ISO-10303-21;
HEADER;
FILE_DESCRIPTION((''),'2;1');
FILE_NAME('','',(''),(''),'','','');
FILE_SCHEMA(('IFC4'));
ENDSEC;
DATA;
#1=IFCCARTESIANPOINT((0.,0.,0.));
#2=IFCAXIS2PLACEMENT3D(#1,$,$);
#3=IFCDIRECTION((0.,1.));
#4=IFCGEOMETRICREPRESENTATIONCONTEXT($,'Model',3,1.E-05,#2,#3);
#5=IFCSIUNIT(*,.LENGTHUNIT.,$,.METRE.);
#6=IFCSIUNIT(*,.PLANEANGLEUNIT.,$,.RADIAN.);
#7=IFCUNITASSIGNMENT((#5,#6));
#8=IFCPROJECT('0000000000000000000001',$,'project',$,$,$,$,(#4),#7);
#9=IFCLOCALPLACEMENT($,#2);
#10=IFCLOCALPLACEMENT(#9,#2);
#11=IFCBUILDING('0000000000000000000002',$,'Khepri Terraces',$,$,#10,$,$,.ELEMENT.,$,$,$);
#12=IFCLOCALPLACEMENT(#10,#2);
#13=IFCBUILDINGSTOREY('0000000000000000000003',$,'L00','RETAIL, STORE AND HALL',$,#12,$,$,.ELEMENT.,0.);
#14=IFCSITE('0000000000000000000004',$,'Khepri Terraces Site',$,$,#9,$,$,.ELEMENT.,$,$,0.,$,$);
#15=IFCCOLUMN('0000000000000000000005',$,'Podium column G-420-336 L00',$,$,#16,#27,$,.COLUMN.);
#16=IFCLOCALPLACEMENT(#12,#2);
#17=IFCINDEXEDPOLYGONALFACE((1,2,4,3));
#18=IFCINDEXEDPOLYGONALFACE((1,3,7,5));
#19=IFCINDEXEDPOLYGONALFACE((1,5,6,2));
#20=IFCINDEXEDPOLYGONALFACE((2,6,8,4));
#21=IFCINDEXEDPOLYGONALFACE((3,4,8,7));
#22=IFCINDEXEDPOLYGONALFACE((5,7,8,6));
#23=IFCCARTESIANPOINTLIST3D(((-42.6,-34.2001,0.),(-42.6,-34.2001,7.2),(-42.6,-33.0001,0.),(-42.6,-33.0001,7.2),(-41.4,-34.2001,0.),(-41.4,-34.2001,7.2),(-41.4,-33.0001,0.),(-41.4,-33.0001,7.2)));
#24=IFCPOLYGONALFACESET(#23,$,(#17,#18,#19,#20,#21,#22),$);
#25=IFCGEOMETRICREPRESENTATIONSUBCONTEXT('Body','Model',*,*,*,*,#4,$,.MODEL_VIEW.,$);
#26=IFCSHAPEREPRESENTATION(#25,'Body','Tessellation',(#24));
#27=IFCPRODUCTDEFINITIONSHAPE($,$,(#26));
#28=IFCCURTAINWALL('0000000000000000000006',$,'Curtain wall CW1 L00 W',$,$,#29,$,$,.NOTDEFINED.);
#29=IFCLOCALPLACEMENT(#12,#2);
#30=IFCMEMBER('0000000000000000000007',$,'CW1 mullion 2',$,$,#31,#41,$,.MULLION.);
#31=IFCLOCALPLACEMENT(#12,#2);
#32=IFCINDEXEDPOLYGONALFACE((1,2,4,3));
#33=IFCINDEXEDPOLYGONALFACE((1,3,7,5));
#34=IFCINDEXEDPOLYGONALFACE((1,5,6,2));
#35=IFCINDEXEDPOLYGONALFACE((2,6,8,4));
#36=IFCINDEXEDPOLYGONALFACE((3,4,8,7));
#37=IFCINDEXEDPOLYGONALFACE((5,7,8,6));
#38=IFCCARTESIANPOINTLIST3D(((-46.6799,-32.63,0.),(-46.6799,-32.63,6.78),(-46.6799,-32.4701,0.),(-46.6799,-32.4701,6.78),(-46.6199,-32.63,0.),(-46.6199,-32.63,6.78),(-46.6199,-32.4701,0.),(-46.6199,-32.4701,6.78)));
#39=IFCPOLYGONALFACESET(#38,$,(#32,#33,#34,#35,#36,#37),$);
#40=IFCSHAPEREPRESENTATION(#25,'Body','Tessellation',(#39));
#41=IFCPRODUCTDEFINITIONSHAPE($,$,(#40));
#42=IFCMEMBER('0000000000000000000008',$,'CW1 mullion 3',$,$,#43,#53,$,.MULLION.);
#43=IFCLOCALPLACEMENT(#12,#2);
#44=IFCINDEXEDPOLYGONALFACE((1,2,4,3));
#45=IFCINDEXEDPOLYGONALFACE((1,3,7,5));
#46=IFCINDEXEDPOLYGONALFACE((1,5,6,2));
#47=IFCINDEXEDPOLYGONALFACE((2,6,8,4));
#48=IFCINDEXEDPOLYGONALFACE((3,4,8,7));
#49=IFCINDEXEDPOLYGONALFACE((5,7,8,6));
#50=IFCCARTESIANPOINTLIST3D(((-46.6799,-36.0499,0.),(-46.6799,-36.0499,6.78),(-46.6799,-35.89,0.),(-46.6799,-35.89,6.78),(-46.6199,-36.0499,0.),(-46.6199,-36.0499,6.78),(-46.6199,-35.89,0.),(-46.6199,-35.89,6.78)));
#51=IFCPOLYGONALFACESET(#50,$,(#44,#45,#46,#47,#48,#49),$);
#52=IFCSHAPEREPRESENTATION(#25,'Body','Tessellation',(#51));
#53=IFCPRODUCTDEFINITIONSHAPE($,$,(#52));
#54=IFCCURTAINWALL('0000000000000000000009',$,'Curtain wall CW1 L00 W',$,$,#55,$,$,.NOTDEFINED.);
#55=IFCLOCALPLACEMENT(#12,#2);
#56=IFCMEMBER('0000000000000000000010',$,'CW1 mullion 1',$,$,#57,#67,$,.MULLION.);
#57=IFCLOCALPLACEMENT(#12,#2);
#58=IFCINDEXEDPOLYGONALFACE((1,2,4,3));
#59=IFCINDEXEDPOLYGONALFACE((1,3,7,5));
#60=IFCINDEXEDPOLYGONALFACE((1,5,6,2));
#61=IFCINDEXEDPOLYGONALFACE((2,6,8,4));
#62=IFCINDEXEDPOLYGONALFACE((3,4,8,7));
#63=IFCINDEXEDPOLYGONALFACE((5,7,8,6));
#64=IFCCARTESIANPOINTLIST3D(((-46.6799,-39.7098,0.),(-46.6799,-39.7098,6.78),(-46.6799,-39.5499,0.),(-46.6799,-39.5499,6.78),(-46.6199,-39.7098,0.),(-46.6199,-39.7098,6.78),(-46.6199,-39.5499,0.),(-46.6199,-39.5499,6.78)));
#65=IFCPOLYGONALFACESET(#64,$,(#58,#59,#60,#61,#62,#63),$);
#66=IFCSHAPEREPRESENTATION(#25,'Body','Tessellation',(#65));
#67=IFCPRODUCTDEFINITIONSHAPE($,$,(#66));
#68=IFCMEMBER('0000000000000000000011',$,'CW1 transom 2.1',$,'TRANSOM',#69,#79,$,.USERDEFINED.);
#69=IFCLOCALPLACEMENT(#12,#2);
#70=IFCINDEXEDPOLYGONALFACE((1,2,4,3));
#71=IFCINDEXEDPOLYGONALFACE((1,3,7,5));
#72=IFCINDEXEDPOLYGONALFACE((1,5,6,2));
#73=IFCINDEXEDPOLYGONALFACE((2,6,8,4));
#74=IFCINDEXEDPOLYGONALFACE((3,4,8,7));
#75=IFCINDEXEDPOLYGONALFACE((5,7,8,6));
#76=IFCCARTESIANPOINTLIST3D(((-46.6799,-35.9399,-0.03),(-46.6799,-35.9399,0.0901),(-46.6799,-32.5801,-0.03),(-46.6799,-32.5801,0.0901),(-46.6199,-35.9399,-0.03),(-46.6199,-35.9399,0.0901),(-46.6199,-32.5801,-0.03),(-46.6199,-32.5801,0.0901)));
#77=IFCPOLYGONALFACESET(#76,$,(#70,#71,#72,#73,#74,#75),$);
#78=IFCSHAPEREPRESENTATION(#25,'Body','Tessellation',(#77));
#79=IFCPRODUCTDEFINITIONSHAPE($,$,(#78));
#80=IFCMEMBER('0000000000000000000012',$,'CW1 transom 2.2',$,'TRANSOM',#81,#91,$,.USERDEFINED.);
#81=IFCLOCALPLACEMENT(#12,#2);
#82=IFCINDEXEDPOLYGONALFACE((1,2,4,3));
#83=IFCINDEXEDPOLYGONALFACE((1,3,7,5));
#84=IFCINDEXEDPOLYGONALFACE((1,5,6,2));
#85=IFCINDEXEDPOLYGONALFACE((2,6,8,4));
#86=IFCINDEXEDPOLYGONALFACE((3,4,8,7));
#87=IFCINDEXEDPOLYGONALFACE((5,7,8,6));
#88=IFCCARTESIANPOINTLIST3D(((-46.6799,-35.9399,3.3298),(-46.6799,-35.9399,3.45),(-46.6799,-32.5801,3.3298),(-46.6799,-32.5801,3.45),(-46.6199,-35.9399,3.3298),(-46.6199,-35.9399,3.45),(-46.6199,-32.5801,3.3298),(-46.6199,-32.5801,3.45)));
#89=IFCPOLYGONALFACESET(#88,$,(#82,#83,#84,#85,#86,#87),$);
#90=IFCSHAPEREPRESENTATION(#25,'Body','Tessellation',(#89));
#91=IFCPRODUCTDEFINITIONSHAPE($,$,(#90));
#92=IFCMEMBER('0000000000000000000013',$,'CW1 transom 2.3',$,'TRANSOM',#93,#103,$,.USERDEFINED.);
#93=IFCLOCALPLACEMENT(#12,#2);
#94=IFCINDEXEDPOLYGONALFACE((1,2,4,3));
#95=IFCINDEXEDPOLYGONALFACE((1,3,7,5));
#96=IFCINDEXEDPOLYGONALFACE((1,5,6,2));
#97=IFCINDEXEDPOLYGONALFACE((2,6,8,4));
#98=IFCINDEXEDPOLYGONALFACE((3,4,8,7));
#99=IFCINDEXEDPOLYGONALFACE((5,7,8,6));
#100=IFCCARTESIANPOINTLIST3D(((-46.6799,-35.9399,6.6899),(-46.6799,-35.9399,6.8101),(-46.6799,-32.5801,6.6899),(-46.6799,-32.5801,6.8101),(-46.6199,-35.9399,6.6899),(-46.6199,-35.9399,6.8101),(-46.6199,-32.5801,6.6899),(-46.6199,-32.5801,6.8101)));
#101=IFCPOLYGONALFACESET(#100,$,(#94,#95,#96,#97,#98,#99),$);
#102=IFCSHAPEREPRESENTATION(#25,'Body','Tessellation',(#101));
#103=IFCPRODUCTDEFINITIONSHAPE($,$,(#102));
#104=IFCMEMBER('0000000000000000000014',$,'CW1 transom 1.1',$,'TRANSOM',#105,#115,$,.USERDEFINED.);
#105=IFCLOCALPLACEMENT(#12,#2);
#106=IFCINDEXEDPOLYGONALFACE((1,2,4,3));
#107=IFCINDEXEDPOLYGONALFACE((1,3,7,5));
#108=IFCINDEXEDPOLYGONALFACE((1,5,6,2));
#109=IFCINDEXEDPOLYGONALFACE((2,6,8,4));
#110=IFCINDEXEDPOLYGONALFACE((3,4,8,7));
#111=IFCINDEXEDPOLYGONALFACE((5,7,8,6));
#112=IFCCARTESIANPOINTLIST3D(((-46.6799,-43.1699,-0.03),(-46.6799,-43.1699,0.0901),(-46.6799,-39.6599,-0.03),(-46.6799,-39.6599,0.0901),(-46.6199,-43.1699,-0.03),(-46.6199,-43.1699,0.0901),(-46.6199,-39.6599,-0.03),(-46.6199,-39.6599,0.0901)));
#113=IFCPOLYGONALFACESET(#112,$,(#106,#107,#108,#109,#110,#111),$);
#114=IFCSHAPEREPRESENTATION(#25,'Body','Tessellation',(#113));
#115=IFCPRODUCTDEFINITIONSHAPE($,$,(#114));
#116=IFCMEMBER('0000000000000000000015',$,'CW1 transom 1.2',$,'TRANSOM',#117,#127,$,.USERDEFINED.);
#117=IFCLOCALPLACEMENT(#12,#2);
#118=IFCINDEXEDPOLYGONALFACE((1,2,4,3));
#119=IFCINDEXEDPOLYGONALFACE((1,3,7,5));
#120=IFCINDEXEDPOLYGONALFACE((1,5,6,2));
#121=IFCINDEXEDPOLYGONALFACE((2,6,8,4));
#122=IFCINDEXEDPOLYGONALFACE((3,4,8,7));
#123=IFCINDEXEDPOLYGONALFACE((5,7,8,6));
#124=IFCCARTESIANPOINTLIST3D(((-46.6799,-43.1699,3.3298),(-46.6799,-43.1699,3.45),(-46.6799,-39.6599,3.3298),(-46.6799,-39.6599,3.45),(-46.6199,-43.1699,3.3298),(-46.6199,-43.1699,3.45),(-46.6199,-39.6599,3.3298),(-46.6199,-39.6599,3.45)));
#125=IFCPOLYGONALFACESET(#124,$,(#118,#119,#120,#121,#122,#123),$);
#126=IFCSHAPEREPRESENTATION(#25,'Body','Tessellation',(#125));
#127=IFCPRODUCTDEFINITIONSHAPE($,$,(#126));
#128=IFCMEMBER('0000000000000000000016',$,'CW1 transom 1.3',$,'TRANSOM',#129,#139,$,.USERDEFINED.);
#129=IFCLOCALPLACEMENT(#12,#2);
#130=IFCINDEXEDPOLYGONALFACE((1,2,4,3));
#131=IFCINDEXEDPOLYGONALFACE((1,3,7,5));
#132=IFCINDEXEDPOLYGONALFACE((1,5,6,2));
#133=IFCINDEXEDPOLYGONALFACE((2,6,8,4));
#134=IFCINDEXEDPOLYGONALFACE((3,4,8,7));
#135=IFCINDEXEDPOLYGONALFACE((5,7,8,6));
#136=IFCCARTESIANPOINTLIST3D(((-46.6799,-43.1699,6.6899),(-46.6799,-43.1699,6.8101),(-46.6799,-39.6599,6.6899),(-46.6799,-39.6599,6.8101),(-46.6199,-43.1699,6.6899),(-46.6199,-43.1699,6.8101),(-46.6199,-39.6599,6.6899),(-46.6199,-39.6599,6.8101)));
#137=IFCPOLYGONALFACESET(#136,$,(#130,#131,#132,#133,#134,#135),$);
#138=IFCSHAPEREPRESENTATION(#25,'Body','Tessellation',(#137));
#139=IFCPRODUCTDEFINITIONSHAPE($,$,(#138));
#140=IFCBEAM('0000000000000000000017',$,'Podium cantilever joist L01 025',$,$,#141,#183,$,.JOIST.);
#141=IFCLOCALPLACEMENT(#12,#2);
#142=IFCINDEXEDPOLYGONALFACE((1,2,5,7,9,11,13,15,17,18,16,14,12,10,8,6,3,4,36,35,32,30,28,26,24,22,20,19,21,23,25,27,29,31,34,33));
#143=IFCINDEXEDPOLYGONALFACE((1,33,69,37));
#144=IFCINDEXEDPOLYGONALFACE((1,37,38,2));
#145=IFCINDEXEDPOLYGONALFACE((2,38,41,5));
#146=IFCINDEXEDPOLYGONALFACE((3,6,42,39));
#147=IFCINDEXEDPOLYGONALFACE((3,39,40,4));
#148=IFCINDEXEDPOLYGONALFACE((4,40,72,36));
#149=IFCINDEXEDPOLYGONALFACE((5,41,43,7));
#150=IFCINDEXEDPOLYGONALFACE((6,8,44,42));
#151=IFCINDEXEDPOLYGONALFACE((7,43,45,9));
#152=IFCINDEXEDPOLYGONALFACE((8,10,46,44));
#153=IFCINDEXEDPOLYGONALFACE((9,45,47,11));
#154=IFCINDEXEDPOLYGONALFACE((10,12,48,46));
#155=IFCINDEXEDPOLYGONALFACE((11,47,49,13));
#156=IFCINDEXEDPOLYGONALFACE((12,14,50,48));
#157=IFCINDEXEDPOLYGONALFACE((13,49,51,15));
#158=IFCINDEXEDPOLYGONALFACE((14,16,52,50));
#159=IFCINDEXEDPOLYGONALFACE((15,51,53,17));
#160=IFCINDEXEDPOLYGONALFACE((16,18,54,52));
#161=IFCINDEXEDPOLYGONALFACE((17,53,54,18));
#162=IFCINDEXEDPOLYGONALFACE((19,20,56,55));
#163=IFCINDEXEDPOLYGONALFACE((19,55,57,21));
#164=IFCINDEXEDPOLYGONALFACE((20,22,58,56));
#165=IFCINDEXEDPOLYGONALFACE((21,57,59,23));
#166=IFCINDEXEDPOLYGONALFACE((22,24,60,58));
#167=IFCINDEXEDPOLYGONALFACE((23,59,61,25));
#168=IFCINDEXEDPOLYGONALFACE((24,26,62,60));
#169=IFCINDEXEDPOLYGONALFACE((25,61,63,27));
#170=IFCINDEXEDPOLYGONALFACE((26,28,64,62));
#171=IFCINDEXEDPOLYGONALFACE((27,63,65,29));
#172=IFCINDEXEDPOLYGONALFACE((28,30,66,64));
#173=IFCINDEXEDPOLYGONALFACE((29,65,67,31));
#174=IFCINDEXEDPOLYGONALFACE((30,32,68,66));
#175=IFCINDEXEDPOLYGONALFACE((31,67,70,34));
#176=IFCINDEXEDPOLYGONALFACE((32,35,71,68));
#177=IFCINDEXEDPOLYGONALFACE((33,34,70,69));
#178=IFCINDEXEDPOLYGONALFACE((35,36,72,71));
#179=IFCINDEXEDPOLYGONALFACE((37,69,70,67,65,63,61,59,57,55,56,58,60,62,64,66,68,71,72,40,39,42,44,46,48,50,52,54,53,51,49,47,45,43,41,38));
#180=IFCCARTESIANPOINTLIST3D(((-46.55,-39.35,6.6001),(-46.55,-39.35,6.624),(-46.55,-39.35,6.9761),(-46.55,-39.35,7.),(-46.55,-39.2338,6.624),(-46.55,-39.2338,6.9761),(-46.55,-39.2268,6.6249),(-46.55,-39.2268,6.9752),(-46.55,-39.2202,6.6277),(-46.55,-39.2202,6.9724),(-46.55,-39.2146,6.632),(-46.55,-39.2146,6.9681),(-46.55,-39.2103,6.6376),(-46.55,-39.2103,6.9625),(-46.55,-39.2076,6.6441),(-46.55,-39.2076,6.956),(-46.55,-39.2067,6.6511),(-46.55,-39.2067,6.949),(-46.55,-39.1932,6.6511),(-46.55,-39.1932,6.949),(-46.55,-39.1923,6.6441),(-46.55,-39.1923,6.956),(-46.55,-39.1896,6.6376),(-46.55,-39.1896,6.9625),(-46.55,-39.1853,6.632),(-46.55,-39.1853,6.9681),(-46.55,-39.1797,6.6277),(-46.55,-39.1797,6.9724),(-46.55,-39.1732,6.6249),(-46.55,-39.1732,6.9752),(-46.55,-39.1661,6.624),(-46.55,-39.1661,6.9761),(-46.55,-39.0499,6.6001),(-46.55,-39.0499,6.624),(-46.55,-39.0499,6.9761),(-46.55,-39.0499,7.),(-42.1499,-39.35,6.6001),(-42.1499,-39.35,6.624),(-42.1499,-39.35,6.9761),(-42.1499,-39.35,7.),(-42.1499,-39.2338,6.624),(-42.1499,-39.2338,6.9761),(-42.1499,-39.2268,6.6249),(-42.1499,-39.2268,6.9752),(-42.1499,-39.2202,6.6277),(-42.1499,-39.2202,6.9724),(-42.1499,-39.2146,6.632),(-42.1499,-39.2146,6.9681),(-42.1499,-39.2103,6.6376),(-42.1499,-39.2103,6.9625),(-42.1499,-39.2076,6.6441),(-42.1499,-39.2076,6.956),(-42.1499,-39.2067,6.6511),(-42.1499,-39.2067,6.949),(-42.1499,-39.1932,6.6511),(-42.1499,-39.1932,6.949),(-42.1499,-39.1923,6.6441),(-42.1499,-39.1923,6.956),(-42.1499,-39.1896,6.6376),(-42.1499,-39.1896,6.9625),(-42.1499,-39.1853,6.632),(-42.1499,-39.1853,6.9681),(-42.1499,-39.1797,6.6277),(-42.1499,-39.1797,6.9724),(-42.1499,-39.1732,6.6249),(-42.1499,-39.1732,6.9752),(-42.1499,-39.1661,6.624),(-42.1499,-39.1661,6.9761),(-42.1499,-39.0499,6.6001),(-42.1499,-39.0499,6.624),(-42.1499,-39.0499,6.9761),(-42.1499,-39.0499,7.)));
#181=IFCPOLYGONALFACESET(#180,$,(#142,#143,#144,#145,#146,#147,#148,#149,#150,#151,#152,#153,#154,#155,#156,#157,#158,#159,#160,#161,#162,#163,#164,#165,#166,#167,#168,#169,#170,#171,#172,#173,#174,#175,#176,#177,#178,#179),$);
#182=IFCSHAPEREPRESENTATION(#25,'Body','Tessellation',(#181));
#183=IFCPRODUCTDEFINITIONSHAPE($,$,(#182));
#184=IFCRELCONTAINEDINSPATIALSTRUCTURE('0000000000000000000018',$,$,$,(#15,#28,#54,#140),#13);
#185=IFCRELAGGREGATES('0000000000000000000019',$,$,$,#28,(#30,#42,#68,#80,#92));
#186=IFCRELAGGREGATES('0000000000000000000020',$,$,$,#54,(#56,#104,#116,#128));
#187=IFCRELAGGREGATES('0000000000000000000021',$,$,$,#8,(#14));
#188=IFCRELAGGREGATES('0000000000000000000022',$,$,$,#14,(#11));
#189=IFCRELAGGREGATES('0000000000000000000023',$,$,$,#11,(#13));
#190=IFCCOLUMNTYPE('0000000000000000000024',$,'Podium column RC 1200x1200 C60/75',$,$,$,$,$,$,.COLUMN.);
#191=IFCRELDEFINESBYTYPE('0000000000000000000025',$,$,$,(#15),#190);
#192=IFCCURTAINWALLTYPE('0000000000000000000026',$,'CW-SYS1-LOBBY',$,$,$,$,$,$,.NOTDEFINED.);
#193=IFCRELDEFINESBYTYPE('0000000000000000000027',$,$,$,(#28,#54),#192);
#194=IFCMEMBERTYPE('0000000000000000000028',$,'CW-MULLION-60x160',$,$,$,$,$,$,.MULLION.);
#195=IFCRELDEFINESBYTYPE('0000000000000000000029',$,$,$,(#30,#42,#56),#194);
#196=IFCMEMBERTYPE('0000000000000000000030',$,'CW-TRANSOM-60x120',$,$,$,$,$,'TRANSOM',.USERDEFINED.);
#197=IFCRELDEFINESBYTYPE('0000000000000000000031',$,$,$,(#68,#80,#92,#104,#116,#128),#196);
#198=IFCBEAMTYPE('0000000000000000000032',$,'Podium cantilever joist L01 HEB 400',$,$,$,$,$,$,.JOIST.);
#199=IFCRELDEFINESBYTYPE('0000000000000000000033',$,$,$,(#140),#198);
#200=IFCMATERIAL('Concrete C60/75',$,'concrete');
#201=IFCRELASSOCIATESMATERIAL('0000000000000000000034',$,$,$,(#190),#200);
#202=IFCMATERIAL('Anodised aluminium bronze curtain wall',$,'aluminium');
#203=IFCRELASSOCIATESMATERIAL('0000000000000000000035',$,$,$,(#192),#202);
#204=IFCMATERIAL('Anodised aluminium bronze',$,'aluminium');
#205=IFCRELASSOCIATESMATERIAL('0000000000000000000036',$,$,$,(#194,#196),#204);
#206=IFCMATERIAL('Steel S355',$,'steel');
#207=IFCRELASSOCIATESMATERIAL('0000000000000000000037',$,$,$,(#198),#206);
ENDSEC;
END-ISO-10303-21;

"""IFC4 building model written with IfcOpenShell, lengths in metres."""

from ifc_helpers import new_model, si_unit, direction, frame, origin, origin_2d, place, context, subcontext, project, spatial, rectangle, i_section, extrude, material, material_profile, profile_set, type_object, element, aggregate, save


model = new_model("IFC4")

# Units and contexts
model_context = context("Model", 3, precision=1e-05, world=origin(), true_north=direction((0.0, 1.0)))
body_context = subcontext(model_context, "Body", "Model", "MODEL_VIEW")
ifc_project = project(units=[si_unit("LENGTHUNIT", "METRE"), si_unit("PLANEANGLEUNIT", "RADIAN")], contexts=[model_context])

# Site, building, storey
site_placement = place(None, origin())
site = spatial("IfcSite", under=ifc_project, at=site_placement, Name="Khepri Terraces Site", CompositionType="ELEMENT", RefElevation=0.0)
building_placement = place(site_placement, origin())
building = spatial("IfcBuilding", under=site, at=building_placement, Name="Khepri Terraces", CompositionType="ELEMENT")
storey_placement = place(building_placement, origin())
storey = spatial("IfcBuildingStorey", under=building, at=storey_placement, Name="L00", Description="RETAIL, STORE AND HALL", CompositionType="ELEMENT", Elevation=0.0)

# Column
ifc_material_1 = material(Name="Concrete C60/75", Category="concrete")
ifc_material_profile_1 = material_profile(ifc_material_1, rectangle(XDim=1.2, YDim=1.2, at=origin_2d()), Name="Concrete C60/75", Category="concrete")
ifc_profile_set_1 = profile_set([ifc_material_profile_1], Name="Concrete C60/75")
column_type = type_object("IfcColumnType", Name="Podium column RC 1200x1200 C60/75", PredefinedType="COLUMN", material=ifc_profile_set_1)
column_placement = place(storey_placement, frame((-42.0, -33.6001, 0.0), z_axis=(0.0, 0.0, 1.0), x_axis=(1.0, 0.0, 0.0)))
element("IfcColumn", 1, at=column_placement, inside=storey, type_object=column_type, Name="Podium column G-420-336 L00", PredefinedType="COLUMN", context=body_context, shape_type="SweptSolid", body=[
    extrude(rectangle(XDim=1.2, YDim=1.2, at=origin_2d()), origin(), (0.0, 0.0, 1.0), 7.2),
])

# Curtain wall, members
ifc_material_2 = material(Name="Anodised aluminium bronze curtain wall", Category="aluminium")
curtain_wall_type = type_object("IfcCurtainWallType", Name="CW-SYS1-LOBBY", PredefinedType="NOTDEFINED", material=ifc_material_2)
curtain_wall_1_placement = place(storey_placement, origin())
curtain_wall_1 = element("IfcCurtainWall", 2, at=curtain_wall_1_placement, inside=storey, type_object=curtain_wall_type, Name="Curtain wall CW1 L00 W", PredefinedType="NOTDEFINED")
ifc_material_3 = material(Name="Anodised aluminium bronze", Category="aluminium")
ifc_material_profile_2 = material_profile(ifc_material_3, rectangle(XDim=0.0601, YDim=0.1599, at=origin_2d()), Name="Anodised aluminium bronze", Category="aluminium")
ifc_profile_set_2 = profile_set([ifc_material_profile_2], Name="Anodised aluminium bronze")
member_type_1 = type_object("IfcMemberType", Name="CW-MULLION-60x160", PredefinedType="MULLION", material=ifc_profile_set_2)
member_1_placement = place(storey_placement, frame((-46.6499, -32.55, 0.0), z_axis=(0.0, 0.0, 1.0), x_axis=(1.0, 0.0, 0.0)))
member_1 = element("IfcMember", 3, at=member_1_placement, type_object=member_type_1, Name="CW1 mullion 2", PredefinedType="MULLION", context=body_context, shape_type="SweptSolid", body=[
    extrude(rectangle(XDim=0.0601, YDim=0.1599, at=origin_2d()), origin(), (0.0, 0.0, 1.0), 6.78),
])
member_2_placement = place(storey_placement, frame((-46.6499, -35.97, 0.0), z_axis=(0.0, 0.0, 1.0), x_axis=(1.0, 0.0, 0.0)))
member_2 = element("IfcMember", 4, at=member_2_placement, type_object=member_type_1, Name="CW1 mullion 3", PredefinedType="MULLION", context=body_context, shape_type="SweptSolid", body=[
    extrude(rectangle(XDim=0.0601, YDim=0.1599, at=origin_2d()), origin(), (0.0, 0.0, 1.0), 6.78),
])

# Curtain wall, member
curtain_wall_2_placement = place(storey_placement, origin())
curtain_wall_2 = element("IfcCurtainWall", 5, at=curtain_wall_2_placement, inside=storey, type_object=curtain_wall_type, Name="Curtain wall CW1 L00 W", PredefinedType="NOTDEFINED")
member_3_placement = place(storey_placement, frame((-46.6499, -39.6299, 0.0), z_axis=(0.0, 0.0, 1.0), x_axis=(1.0, 0.0, 0.0)))
member_3 = element("IfcMember", 6, at=member_3_placement, type_object=member_type_1, Name="CW1 mullion 1", PredefinedType="MULLION", context=body_context, shape_type="SweptSolid", body=[
    extrude(rectangle(XDim=0.0601, YDim=0.1599, at=origin_2d()), origin(), (0.0, 0.0, 1.0), 6.78),
])

# Members
ifc_material_profile_3 = material_profile(ifc_material_3, rectangle(XDim=0.0601, YDim=0.1201, at=origin_2d()), Name="Anodised aluminium bronze", Category="aluminium")
ifc_profile_set_3 = profile_set([ifc_material_profile_3], Name="Anodised aluminium bronze")
member_type_2 = type_object("IfcMemberType", Name="CW-TRANSOM-60x120", ElementType="TRANSOM", PredefinedType="USERDEFINED", material=ifc_profile_set_3)
member_4_placement = place(storey_placement, frame((-46.6499, -32.5801, 0.03), z_axis=(0.0, -1.0, 0.0), x_axis=(1.0, 0.0, 0.0)))
member_4 = element("IfcMember", 7, at=member_4_placement, type_object=member_type_2, Name="CW1 transom 2.1", ObjectType="TRANSOM", PredefinedType="USERDEFINED", context=body_context, shape_type="SweptSolid", body=[
    extrude(rectangle(XDim=0.0601, YDim=0.1201, at=origin_2d()), origin(), (0.0, 0.0, 1.0), 3.3599),
])
member_5_placement = place(storey_placement, frame((-46.6499, -32.5801, 3.3899), z_axis=(0.0, -1.0, 0.0), x_axis=(1.0, 0.0, 0.0)))
member_5 = element("IfcMember", 8, at=member_5_placement, type_object=member_type_2, Name="CW1 transom 2.2", ObjectType="TRANSOM", PredefinedType="USERDEFINED", context=body_context, shape_type="SweptSolid", body=[
    extrude(rectangle(XDim=0.0601, YDim=0.1201, at=origin_2d()), origin(), (0.0, 0.0, 1.0), 3.3599),
])
member_6_placement = place(storey_placement, frame((-46.6499, -32.5801, 6.75), z_axis=(0.0, -1.0, 0.0), x_axis=(1.0, 0.0, 0.0)))
member_6 = element("IfcMember", 9, at=member_6_placement, type_object=member_type_2, Name="CW1 transom 2.3", ObjectType="TRANSOM", PredefinedType="USERDEFINED", context=body_context, shape_type="SweptSolid", body=[
    extrude(rectangle(XDim=0.0601, YDim=0.1201, at=origin_2d()), origin(), (0.0, 0.0, 1.0), 3.3599),
])
member_7_placement = place(storey_placement, frame((-46.6499, -39.6599, 0.03), z_axis=(0.0, -1.0, 0.0), x_axis=(1.0, 0.0, 0.0)))
member_7 = element("IfcMember", 10, at=member_7_placement, type_object=member_type_2, Name="CW1 transom 1.1", ObjectType="TRANSOM", PredefinedType="USERDEFINED", context=body_context, shape_type="SweptSolid", body=[
    extrude(rectangle(XDim=0.0601, YDim=0.1201, at=origin_2d()), origin(), (0.0, 0.0, 1.0), 3.51),
])
member_8_placement = place(storey_placement, frame((-46.6499, -39.6599, 3.3899), z_axis=(0.0, -1.0, 0.0), x_axis=(1.0, 0.0, 0.0)))
member_8 = element("IfcMember", 11, at=member_8_placement, type_object=member_type_2, Name="CW1 transom 1.2", ObjectType="TRANSOM", PredefinedType="USERDEFINED", context=body_context, shape_type="SweptSolid", body=[
    extrude(rectangle(XDim=0.0601, YDim=0.1201, at=origin_2d()), origin(), (0.0, 0.0, 1.0), 3.51),
])
member_9_placement = place(storey_placement, frame((-46.6499, -39.6599, 6.75), z_axis=(0.0, -1.0, 0.0), x_axis=(1.0, 0.0, 0.0)))
member_9 = element("IfcMember", 12, at=member_9_placement, type_object=member_type_2, Name="CW1 transom 1.3", ObjectType="TRANSOM", PredefinedType="USERDEFINED", context=body_context, shape_type="SweptSolid", body=[
    extrude(rectangle(XDim=0.0601, YDim=0.1201, at=origin_2d()), origin(), (0.0, 0.0, 1.0), 3.51),
])

# Beam
ifc_material_4 = material(Name="Steel S355", Category="steel")
ifc_material_profile_4 = material_profile(ifc_material_4, i_section(OverallWidth=0.3, OverallDepth=0.3999, WebThickness=0.0134, FlangeThickness=0.0239, FilletRadius=0.0271, at=origin_2d()), Name="Steel S355", Category="steel")
ifc_profile_set_4 = profile_set([ifc_material_profile_4], Name="Steel S355")
beam_type_1 = type_object("IfcBeamType", Name="Podium cantilever joist L01 HEB 400", PredefinedType="JOIST", material=ifc_profile_set_4)
for number, where, z_axis, x_axis, name in (
    (13, (-46.55, -39.2, 6.8), (1.0, 0.0, 0.0), (0.0, 1.0, 0.0), "Podium cantilever joist L01 025"),
):
    element("IfcBeam", number, at=place(storey_placement, frame(where, z_axis=z_axis, x_axis=x_axis)), inside=storey, type_object=beam_type_1, Name=name, PredefinedType="JOIST", context=body_context, shape_type="SweptSolid", body=[
        extrude(i_section(OverallWidth=0.3, OverallDepth=0.3999, WebThickness=0.0134, FlangeThickness=0.0239, FilletRadius=0.0271, at=origin_2d()), origin(), (0.0, 0.0, 1.0), 4.4001),
    ])

aggregate(curtain_wall_1, [member_1, member_2, member_4, member_5, member_6])
aggregate(curtain_wall_2, [member_3, member_7, member_8, member_9])

save(model, "model.ifc")
